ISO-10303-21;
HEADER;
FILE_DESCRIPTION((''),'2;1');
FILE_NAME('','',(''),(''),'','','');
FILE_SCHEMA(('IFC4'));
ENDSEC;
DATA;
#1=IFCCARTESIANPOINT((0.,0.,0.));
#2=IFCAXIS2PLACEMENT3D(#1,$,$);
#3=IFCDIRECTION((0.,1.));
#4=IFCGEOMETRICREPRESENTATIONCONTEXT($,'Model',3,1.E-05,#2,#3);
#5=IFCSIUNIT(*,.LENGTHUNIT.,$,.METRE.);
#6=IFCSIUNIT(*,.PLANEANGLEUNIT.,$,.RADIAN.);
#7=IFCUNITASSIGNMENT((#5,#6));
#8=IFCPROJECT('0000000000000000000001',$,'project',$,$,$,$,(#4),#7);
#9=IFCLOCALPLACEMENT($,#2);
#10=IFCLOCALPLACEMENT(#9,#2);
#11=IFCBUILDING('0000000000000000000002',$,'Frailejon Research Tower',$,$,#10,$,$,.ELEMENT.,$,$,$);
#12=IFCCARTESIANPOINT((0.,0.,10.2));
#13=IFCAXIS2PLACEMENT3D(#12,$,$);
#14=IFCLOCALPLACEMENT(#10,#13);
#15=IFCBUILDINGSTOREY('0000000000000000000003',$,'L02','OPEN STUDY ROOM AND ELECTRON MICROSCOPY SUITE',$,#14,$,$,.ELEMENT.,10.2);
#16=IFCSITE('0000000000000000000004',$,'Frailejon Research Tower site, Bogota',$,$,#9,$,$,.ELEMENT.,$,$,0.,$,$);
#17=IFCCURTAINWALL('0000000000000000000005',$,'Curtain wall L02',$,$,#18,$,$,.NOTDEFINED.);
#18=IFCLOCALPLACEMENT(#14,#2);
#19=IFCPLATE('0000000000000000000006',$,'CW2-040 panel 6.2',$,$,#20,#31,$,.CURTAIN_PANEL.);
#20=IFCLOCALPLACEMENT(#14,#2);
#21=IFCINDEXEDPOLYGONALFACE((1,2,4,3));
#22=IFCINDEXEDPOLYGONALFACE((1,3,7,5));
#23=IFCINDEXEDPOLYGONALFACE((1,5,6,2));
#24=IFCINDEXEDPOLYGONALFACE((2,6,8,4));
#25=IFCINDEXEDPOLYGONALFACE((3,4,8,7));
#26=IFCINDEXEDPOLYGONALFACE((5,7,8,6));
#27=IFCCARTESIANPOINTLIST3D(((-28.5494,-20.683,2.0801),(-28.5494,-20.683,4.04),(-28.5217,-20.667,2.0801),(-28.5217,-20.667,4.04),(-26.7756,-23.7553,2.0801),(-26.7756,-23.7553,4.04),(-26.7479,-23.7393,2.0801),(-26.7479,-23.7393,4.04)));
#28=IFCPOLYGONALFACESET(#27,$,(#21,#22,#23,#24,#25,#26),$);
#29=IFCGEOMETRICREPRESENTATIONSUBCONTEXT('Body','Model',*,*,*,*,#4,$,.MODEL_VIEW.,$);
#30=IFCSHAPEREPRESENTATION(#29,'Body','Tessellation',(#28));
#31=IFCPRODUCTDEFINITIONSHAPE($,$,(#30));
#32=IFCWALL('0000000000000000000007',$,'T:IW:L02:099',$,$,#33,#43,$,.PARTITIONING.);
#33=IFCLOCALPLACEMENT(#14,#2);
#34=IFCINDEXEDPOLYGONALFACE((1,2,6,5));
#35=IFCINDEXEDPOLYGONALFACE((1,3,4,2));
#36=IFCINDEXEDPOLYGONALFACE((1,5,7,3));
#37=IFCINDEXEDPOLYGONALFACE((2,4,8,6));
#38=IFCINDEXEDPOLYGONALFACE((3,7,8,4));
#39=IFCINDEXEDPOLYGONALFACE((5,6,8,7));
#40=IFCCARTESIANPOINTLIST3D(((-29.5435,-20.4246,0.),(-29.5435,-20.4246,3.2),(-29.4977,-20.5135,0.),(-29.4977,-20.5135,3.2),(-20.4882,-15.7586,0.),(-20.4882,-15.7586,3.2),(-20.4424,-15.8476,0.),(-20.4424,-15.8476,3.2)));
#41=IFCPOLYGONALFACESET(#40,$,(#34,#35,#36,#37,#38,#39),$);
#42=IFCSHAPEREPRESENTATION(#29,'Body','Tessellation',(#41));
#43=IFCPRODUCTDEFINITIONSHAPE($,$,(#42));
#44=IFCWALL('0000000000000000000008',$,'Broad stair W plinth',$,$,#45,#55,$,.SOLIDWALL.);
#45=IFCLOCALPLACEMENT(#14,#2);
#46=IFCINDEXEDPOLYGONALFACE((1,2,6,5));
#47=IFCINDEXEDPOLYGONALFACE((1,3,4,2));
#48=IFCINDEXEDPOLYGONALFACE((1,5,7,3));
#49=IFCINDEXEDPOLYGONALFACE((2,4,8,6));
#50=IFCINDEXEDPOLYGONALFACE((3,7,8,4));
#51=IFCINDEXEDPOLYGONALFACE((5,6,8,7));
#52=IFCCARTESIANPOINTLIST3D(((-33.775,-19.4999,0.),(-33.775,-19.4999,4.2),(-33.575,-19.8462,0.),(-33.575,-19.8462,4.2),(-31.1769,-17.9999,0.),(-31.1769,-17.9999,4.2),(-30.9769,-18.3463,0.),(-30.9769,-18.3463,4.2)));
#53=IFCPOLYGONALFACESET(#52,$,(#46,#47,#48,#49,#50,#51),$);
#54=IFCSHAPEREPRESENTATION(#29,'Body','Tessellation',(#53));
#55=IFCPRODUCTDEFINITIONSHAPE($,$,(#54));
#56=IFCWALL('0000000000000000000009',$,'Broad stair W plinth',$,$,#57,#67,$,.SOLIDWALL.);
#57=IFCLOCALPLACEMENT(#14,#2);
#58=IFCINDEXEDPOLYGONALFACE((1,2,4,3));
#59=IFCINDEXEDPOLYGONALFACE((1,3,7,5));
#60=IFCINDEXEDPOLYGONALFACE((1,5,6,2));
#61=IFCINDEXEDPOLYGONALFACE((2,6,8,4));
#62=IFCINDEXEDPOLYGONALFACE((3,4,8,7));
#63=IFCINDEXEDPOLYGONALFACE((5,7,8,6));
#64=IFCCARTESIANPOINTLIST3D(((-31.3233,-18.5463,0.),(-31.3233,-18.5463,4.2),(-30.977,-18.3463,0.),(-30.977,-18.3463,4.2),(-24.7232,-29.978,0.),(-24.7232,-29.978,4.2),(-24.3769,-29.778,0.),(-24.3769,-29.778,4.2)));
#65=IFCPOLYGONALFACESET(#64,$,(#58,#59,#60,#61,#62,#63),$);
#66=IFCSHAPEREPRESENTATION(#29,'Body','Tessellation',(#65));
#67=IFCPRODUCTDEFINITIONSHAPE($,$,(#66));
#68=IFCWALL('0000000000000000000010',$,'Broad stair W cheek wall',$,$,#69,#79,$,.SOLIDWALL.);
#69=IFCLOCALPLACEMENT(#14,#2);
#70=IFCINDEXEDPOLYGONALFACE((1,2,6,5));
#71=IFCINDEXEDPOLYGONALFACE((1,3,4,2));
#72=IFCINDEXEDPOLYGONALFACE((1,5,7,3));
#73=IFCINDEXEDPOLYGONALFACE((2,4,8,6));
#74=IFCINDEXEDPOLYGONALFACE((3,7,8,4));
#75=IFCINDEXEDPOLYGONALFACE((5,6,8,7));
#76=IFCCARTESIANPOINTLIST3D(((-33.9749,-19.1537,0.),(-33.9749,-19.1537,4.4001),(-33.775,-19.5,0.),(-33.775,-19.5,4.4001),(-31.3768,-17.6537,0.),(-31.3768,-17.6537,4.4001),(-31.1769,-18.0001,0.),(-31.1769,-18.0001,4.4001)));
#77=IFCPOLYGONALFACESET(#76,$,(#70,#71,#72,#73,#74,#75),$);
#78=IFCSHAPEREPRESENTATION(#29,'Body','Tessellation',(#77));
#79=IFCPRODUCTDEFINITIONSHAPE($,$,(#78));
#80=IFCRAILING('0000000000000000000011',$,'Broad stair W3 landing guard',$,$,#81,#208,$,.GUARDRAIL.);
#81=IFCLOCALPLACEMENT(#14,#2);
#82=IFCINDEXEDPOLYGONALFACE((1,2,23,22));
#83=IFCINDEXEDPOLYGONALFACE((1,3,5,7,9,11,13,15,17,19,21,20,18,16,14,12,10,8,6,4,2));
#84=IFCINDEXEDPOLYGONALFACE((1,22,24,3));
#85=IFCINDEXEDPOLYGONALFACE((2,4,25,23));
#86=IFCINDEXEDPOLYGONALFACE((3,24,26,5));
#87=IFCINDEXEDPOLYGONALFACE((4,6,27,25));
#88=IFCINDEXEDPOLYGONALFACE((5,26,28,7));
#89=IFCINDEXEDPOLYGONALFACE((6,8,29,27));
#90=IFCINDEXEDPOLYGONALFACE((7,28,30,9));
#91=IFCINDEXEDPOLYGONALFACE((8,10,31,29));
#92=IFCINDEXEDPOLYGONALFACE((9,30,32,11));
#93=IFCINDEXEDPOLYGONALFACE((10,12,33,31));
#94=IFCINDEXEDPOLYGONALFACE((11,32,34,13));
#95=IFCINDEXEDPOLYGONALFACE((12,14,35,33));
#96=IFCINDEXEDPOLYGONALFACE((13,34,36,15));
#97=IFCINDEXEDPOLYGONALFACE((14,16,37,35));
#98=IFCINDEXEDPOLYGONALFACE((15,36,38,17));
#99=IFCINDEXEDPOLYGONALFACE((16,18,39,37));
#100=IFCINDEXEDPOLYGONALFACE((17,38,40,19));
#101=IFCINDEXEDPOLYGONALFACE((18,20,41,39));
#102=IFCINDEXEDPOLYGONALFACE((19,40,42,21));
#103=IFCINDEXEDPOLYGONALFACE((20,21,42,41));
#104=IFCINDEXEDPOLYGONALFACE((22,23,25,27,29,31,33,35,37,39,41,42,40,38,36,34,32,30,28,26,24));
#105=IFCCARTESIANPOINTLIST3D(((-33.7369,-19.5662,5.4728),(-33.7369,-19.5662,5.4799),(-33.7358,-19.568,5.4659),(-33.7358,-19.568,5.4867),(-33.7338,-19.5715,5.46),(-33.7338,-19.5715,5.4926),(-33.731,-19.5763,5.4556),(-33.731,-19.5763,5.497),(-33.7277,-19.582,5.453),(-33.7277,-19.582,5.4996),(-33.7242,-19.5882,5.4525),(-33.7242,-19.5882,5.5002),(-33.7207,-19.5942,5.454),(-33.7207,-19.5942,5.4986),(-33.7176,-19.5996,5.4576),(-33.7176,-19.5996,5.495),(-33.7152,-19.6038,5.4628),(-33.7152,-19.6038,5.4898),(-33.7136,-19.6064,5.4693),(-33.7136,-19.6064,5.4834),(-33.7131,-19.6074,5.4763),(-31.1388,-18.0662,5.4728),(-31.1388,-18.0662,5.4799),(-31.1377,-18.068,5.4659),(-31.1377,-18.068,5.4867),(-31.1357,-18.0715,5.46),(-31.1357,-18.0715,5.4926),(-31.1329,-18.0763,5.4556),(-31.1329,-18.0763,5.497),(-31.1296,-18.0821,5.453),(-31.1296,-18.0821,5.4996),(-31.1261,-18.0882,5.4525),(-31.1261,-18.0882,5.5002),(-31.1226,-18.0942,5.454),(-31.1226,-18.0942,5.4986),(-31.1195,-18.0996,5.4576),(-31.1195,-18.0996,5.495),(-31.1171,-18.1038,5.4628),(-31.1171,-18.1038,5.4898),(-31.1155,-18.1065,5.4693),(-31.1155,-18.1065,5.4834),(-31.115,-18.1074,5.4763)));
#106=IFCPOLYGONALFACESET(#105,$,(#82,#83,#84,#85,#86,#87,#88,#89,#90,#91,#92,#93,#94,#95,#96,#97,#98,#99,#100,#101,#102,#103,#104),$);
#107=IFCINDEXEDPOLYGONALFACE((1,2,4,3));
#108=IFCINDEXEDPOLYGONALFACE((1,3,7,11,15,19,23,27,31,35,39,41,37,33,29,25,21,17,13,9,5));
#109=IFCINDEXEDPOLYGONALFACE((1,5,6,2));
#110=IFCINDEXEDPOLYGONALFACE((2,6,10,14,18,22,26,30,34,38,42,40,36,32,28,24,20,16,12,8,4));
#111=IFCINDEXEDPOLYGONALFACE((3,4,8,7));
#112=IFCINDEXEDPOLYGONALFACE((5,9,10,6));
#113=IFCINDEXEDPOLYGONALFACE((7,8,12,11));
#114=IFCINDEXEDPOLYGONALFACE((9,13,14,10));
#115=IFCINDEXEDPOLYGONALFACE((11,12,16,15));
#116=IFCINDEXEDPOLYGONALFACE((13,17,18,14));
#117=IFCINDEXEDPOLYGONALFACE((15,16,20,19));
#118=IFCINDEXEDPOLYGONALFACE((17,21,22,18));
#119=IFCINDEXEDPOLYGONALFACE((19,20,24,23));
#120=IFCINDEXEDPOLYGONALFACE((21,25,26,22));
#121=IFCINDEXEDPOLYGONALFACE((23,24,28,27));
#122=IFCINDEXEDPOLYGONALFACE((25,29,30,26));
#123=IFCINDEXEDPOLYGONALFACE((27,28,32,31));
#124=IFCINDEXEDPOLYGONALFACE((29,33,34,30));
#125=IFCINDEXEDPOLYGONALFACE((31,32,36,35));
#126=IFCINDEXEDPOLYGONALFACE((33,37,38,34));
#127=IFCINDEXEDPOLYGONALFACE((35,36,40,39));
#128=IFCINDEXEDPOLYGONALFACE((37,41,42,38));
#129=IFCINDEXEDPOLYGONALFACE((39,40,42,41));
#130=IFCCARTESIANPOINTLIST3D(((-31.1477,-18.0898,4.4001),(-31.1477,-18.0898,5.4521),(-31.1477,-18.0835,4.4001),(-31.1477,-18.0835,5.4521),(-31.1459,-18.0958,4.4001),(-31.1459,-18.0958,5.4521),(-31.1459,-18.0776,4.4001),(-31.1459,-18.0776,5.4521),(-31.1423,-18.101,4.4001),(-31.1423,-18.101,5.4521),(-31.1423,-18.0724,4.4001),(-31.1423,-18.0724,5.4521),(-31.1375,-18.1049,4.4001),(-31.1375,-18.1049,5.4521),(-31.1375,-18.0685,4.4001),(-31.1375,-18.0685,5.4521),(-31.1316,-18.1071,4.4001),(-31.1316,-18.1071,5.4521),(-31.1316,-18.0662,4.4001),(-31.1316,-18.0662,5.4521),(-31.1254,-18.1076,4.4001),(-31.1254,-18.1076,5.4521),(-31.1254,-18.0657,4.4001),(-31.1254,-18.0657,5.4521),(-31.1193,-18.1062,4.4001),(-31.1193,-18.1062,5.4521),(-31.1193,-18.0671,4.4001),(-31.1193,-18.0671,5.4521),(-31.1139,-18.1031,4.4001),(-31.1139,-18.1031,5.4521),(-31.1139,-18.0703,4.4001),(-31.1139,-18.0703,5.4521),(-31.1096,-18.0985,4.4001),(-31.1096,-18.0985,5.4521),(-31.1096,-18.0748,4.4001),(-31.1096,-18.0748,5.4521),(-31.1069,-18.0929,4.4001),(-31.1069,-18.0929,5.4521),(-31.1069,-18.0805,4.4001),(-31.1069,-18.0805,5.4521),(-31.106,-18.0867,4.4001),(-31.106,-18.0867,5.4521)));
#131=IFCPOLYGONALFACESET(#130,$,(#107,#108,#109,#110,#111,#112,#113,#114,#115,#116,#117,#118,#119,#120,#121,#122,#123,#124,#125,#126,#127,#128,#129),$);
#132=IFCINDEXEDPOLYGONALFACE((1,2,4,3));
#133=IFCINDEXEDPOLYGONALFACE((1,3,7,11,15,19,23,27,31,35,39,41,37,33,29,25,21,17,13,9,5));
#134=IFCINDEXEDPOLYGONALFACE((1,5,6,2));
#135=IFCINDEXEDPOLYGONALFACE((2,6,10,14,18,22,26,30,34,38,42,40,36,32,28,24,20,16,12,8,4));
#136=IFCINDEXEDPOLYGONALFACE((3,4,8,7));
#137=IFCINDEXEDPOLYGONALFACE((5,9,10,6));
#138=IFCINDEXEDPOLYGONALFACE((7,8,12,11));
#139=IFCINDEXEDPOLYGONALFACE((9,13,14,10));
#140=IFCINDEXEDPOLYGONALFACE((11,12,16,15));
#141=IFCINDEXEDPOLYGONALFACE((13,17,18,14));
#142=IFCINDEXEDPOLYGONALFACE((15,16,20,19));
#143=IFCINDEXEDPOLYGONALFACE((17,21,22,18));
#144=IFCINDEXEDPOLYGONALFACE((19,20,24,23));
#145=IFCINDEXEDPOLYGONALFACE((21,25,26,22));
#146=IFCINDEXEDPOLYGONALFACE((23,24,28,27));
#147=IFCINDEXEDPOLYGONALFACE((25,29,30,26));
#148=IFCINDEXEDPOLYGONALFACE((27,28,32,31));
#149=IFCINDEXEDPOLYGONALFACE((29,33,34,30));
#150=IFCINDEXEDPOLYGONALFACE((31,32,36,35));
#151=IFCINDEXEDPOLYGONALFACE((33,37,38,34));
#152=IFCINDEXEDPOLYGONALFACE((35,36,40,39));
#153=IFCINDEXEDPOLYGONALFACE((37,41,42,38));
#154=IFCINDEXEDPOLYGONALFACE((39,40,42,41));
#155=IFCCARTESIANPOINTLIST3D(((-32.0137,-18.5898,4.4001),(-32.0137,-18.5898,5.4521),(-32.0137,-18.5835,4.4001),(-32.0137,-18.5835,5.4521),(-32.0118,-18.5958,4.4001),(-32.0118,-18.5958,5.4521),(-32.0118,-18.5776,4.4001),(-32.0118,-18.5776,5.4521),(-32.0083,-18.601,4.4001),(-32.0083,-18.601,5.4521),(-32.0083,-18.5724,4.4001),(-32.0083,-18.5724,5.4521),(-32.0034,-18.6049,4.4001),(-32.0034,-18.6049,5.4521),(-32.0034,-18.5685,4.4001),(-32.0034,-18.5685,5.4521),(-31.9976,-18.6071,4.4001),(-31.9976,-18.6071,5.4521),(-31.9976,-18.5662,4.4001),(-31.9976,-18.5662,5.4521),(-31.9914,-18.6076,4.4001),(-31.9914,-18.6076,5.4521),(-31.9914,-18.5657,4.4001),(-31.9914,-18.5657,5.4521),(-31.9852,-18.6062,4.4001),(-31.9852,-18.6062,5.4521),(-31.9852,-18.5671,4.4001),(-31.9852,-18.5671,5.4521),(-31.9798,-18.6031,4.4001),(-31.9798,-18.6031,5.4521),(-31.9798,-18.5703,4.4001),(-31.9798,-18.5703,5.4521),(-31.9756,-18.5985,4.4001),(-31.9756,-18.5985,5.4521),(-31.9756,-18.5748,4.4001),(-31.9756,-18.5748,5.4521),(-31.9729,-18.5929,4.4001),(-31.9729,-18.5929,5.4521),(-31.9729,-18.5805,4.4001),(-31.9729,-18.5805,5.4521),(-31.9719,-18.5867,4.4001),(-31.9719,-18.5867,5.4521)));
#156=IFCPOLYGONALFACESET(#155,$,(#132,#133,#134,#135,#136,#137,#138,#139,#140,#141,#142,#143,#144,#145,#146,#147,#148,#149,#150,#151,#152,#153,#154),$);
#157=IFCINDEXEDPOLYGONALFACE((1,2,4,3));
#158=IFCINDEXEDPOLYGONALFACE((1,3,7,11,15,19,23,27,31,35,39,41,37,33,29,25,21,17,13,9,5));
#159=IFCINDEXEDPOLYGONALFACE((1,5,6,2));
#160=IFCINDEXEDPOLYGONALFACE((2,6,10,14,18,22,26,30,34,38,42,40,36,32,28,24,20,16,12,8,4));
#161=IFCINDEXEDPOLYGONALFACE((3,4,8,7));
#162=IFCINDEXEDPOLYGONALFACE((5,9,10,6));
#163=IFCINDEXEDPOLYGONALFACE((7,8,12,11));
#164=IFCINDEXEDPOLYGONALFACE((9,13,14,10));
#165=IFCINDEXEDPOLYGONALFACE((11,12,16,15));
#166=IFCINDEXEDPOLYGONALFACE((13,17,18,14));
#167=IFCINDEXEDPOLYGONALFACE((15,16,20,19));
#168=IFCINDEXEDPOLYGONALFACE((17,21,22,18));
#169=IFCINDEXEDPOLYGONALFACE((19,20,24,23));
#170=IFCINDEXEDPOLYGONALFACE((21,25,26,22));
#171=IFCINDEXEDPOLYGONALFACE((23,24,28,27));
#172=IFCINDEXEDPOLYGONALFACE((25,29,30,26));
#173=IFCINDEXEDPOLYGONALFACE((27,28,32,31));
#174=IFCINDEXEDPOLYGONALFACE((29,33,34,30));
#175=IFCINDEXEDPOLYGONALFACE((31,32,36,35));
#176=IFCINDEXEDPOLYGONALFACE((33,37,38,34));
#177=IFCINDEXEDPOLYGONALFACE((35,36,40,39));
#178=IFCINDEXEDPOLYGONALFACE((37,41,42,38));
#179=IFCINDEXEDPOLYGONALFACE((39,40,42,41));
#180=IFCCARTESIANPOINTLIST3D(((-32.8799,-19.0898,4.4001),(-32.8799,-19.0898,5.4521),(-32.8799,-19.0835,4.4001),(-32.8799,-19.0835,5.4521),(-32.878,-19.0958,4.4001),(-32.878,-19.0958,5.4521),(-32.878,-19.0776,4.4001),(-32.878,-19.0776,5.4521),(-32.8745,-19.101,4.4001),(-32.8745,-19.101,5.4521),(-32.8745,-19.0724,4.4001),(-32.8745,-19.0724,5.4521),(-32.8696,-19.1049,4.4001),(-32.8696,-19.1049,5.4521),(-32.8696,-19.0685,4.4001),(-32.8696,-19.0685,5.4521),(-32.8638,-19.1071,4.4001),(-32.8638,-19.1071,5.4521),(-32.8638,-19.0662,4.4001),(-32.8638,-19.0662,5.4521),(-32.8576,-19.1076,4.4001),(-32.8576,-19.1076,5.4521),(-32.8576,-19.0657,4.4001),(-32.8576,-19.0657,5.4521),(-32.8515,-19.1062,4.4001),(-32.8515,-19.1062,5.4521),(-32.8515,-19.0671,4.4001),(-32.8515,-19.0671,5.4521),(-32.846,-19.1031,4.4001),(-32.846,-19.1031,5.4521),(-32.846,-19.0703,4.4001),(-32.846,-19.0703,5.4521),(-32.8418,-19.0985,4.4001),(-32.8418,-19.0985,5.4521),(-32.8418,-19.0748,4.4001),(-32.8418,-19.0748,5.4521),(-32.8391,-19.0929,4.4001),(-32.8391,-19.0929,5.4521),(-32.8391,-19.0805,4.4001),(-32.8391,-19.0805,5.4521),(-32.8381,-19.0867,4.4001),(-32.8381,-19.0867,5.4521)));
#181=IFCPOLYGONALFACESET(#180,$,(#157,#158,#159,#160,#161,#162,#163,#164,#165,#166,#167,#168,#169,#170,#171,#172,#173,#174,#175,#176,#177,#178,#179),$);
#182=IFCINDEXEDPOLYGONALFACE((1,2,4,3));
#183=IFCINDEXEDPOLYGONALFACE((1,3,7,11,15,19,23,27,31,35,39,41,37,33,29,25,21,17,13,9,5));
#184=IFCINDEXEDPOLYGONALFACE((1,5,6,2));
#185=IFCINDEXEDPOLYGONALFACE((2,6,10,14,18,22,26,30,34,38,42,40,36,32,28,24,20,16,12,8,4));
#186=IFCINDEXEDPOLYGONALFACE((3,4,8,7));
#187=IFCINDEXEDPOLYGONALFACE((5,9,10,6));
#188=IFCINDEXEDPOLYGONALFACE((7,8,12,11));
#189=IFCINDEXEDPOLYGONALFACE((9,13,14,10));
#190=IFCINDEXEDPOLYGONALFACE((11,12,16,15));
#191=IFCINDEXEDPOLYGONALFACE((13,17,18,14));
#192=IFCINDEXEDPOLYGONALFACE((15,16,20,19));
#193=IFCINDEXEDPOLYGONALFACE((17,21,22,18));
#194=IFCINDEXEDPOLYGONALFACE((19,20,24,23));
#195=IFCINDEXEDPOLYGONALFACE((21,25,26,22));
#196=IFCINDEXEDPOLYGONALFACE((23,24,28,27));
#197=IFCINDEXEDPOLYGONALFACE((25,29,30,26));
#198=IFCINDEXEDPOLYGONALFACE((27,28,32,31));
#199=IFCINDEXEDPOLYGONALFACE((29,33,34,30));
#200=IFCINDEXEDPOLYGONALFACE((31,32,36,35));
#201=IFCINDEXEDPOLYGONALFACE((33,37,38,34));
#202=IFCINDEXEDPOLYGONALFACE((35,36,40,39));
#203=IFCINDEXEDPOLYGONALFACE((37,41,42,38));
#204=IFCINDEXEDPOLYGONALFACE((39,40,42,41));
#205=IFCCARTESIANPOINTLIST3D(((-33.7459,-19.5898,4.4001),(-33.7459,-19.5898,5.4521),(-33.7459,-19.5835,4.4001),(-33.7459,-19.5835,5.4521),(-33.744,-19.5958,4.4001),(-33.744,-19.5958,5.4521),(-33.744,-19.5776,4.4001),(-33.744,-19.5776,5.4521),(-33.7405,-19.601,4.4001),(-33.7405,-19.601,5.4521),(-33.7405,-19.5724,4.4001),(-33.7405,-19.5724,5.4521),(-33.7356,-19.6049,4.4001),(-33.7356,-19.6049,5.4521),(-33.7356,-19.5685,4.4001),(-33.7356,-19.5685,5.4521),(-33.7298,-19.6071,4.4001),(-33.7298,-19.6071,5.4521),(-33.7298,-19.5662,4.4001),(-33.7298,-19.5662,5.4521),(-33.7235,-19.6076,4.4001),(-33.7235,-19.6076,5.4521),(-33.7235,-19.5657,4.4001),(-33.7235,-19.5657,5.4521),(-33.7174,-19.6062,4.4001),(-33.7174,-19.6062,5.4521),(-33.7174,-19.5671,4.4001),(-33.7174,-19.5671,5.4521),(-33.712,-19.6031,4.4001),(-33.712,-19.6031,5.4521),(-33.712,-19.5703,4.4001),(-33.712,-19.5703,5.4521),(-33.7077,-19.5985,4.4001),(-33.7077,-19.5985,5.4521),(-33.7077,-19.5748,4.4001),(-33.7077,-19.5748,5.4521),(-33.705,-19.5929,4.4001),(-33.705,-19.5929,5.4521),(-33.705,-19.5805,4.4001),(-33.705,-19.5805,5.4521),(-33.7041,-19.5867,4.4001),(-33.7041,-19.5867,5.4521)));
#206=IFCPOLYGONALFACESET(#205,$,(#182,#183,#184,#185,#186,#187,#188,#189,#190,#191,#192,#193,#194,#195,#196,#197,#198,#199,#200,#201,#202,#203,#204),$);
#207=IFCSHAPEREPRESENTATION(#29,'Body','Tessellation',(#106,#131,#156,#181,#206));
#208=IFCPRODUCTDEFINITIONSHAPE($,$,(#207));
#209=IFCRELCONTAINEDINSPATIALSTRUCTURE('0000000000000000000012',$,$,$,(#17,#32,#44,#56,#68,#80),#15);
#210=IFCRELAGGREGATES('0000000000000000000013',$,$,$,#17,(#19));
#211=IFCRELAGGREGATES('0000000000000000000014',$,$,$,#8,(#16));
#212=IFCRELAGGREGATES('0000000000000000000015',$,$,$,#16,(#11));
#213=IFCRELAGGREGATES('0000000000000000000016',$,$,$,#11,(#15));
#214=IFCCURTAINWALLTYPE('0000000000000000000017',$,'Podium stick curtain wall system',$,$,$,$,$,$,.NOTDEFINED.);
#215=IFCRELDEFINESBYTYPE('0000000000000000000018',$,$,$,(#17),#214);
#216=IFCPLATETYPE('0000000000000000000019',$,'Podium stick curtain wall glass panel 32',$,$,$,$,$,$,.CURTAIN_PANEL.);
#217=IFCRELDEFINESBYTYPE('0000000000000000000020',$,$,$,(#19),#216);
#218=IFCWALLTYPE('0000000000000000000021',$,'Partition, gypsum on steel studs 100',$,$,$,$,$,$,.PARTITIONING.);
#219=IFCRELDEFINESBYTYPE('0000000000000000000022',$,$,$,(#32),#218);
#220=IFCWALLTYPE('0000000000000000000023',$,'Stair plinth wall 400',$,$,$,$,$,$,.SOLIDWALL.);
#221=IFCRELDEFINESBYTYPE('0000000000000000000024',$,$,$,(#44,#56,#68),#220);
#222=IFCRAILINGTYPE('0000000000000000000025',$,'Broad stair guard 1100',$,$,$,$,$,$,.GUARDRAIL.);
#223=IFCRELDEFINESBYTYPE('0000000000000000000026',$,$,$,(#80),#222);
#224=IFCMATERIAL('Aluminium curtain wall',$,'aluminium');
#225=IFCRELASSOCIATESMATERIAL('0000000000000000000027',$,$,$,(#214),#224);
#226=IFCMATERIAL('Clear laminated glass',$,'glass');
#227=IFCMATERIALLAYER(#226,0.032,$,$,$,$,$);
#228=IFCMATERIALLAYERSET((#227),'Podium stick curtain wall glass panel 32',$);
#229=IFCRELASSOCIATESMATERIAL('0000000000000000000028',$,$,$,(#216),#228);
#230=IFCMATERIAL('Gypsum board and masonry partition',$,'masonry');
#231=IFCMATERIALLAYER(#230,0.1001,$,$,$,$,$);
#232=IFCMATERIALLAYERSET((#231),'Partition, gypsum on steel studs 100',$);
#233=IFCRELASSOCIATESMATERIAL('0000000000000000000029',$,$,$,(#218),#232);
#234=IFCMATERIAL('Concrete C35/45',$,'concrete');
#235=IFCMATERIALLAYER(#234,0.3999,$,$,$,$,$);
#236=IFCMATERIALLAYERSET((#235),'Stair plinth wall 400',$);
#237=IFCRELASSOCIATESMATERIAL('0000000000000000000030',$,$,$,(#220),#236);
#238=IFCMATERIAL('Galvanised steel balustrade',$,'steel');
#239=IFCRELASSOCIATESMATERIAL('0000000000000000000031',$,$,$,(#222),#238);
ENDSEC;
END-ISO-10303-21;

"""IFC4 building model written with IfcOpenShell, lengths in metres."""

from ifc_helpers import new_model, si_unit, direction, frame, frame_2d, origin, origin_2d, place, context, subcontext, project, spatial, rectangle, circle, extrude, material, layer, layer_set, type_object, element, aggregate, save


model = new_model("IFC4")

# Units and contexts
model_context = context("Model", 3, precision=1e-05, world=origin(), true_north=direction((0.0, 1.0)))
body_context = subcontext(model_context, "Body", "Model", "MODEL_VIEW")
ifc_project = project(units=[si_unit("LENGTHUNIT", "METRE"), si_unit("PLANEANGLEUNIT", "RADIAN")], contexts=[model_context])

# Site, building, storey
site_placement = place(None, origin())
site = spatial("IfcSite", under=ifc_project, at=site_placement, Name="Frailejon Research Tower site, Bogota", CompositionType="ELEMENT", RefElevation=0.0)
building_placement = place(site_placement, origin())
building = spatial("IfcBuilding", under=site, at=building_placement, Name="Frailejon Research Tower", CompositionType="ELEMENT")
storey_placement = place(building_placement, frame((0.0, 0.0, 10.2)))
storey = spatial("IfcBuildingStorey", under=building, at=storey_placement, Name="L02", Description="OPEN STUDY ROOM AND ELECTRON MICROSCOPY SUITE", CompositionType="ELEMENT", Elevation=10.2)

# Curtain wall, plate
ifc_material_1 = material(Name="Aluminium curtain wall", Category="aluminium")
curtain_wall_type = type_object("IfcCurtainWallType", Name="Podium stick curtain wall system", PredefinedType="NOTDEFINED", material=ifc_material_1)
curtain_wall_placement = place(storey_placement, origin())
curtain_wall = element("IfcCurtainWall", 1, at=curtain_wall_placement, inside=storey, type_object=curtain_wall_type, Name="Curtain wall L02", PredefinedType="NOTDEFINED")
ifc_material_2 = material(Name="Clear laminated glass", Category="glass")
ifc_layer_1 = layer(ifc_material_2, 0.032)
ifc_layer_set_1 = layer_set([ifc_layer_1], Name="Podium stick curtain wall glass panel 32")
plate_type = type_object("IfcPlateType", Name="Podium stick curtain wall glass panel 32", PredefinedType="CURTAIN_PANEL", material=ifc_layer_set_1)
plate_1_placement = place(storey_placement, frame((-27.6487, -22.2112, 2.0801), z_axis=(0.0, 0.0, 1.0), x_axis=(0.499998, -0.866026, 0.0)))
plate_1 = element("IfcPlate", 2, at=plate_1_placement, type_object=plate_type, Name="CW2-040 panel 6.2", PredefinedType="CURTAIN_PANEL", context=body_context, shape_type="SweptSolid", body=[
    extrude(rectangle(XDim=3.5476, YDim=0.032, at=origin_2d()), origin(), (0.0, 0.0, 1.0), 1.96),
])
aggregate(curtain_wall, [plate_1])

# Walls
ifc_material_3 = material(Name="Gypsum board and masonry partition", Category="masonry")
ifc_layer_2 = layer(ifc_material_3, 0.1001)
ifc_layer_set_2 = layer_set([ifc_layer_2], Name="Partition, gypsum on steel studs 100")
wall_type_1 = type_object("IfcWallType", Name="Partition, gypsum on steel studs 100", PredefinedType="PARTITIONING", material=ifc_layer_set_2)
wall_1_placement = place(storey_placement, frame((-29.5205, -20.469, 0.0), z_axis=(0.0, 0.0, 1.0), x_axis=(0.88893, 0.458042, 0.0)))
element("IfcWall", 3, at=wall_1_placement, inside=storey, type_object=wall_type_1, Name="T:IW:L02:099", PredefinedType="PARTITIONING", context=body_context, shape_type="SweptSolid", body=[
    extrude(rectangle(XDim=10.1868, YDim=0.1001, at=frame_2d((5.0933, 0.0))), origin(), (0.0, 0.0, 1.0), 3.2),
])
ifc_material_4 = material(Name="Concrete C35/45", Category="concrete")
ifc_layer_3 = layer(ifc_material_4, 0.3999)
ifc_layer_set_3 = layer_set([ifc_layer_3], Name="Stair plinth wall 400")
wall_type_2 = type_object("IfcWallType", Name="Stair plinth wall 400", PredefinedType="SOLIDWALL", material=ifc_layer_set_3)
wall_2_placement = place(storey_placement, frame((-31.0769, -18.1731, 0.0), z_axis=(0.0, 0.0, 1.0), x_axis=(-0.866031, -0.49999, 0.0)))
element("IfcWall", 4, at=wall_2_placement, inside=storey, type_object=wall_type_2, Name="Broad stair W plinth", PredefinedType="SOLIDWALL", context=body_context, shape_type="SweptSolid", body=[
    extrude(rectangle(XDim=3.0, YDim=0.3999, at=frame_2d((1.5, 0.0))), origin(), (0.0, 0.0, 1.0), 4.2),
])
wall_3_placement = place(storey_placement, frame((-31.1501, -18.4463, 0.0), z_axis=(0.0, 0.0, 1.0), x_axis=(0.500002, -0.866024, 0.0)))
element("IfcWall", 5, at=wall_3_placement, inside=storey, type_object=wall_type_2, Name="Broad stair W plinth", PredefinedType="SOLIDWALL", context=body_context, shape_type="SweptSolid", body=[
    extrude(rectangle(XDim=13.2002, YDim=0.3999, at=frame_2d((6.6001, 0.0))), origin(), (0.0, 0.0, 1.0), 4.2),
])
wall_4_placement = place(storey_placement, frame((-31.2769, -17.8269, 0.0), z_axis=(0.0, 0.0, 1.0), x_axis=(-0.866031, -0.49999, 0.0)))
element("IfcWall", 6, at=wall_4_placement, inside=storey, type_object=wall_type_2, Name="Broad stair W cheek wall", PredefinedType="SOLIDWALL", context=body_context, shape_type="SweptSolid", body=[
    extrude(rectangle(XDim=3.0, YDim=0.3999, at=frame_2d((1.5, 0.0))), origin(), (0.0, 0.0, 1.0), 4.4001),
])

# Railing
ifc_material_5 = material(Name="Galvanised steel balustrade", Category="steel")
railing_type = type_object("IfcRailingType", Name="Broad stair guard 1100", PredefinedType="GUARDRAIL", material=ifc_material_5)
railing_placement = place(storey_placement, frame((-31.127, -18.0867, 4.4001)))
element("IfcRailing", 7, at=railing_placement, inside=storey, type_object=railing_type, Name="Broad stair W3 landing guard", PredefinedType="GUARDRAIL", context=body_context, shape_type="SweptSolid", body=[
    extrude(circle(Radius=0.0239, at=origin_2d()), frame((0.0, 0.0, 1.0762), z_axis=(-0.866031, -0.49999, 0.0), x_axis=(0.49999, -0.866031, 0.0)), (0.0, 0.0, 1.0), 3.0),
    extrude(circle(Radius=0.021, at=origin_2d()), origin(), (0.0, 0.0, 1.0), 1.052),
    extrude(circle(Radius=0.021, at=origin_2d()), frame((-0.866, -0.5, 0.0)), (0.0, 0.0, 1.0), 1.052),
    extrude(circle(Radius=0.021, at=origin_2d()), frame((-1.7322, -1.0, 0.0)), (0.0, 0.0, 1.0), 1.052),
    extrude(circle(Radius=0.021, at=origin_2d()), frame((-2.5981, -1.5, 0.0)), (0.0, 0.0, 1.0), 1.052),
])

save(model, "model.ifc")
